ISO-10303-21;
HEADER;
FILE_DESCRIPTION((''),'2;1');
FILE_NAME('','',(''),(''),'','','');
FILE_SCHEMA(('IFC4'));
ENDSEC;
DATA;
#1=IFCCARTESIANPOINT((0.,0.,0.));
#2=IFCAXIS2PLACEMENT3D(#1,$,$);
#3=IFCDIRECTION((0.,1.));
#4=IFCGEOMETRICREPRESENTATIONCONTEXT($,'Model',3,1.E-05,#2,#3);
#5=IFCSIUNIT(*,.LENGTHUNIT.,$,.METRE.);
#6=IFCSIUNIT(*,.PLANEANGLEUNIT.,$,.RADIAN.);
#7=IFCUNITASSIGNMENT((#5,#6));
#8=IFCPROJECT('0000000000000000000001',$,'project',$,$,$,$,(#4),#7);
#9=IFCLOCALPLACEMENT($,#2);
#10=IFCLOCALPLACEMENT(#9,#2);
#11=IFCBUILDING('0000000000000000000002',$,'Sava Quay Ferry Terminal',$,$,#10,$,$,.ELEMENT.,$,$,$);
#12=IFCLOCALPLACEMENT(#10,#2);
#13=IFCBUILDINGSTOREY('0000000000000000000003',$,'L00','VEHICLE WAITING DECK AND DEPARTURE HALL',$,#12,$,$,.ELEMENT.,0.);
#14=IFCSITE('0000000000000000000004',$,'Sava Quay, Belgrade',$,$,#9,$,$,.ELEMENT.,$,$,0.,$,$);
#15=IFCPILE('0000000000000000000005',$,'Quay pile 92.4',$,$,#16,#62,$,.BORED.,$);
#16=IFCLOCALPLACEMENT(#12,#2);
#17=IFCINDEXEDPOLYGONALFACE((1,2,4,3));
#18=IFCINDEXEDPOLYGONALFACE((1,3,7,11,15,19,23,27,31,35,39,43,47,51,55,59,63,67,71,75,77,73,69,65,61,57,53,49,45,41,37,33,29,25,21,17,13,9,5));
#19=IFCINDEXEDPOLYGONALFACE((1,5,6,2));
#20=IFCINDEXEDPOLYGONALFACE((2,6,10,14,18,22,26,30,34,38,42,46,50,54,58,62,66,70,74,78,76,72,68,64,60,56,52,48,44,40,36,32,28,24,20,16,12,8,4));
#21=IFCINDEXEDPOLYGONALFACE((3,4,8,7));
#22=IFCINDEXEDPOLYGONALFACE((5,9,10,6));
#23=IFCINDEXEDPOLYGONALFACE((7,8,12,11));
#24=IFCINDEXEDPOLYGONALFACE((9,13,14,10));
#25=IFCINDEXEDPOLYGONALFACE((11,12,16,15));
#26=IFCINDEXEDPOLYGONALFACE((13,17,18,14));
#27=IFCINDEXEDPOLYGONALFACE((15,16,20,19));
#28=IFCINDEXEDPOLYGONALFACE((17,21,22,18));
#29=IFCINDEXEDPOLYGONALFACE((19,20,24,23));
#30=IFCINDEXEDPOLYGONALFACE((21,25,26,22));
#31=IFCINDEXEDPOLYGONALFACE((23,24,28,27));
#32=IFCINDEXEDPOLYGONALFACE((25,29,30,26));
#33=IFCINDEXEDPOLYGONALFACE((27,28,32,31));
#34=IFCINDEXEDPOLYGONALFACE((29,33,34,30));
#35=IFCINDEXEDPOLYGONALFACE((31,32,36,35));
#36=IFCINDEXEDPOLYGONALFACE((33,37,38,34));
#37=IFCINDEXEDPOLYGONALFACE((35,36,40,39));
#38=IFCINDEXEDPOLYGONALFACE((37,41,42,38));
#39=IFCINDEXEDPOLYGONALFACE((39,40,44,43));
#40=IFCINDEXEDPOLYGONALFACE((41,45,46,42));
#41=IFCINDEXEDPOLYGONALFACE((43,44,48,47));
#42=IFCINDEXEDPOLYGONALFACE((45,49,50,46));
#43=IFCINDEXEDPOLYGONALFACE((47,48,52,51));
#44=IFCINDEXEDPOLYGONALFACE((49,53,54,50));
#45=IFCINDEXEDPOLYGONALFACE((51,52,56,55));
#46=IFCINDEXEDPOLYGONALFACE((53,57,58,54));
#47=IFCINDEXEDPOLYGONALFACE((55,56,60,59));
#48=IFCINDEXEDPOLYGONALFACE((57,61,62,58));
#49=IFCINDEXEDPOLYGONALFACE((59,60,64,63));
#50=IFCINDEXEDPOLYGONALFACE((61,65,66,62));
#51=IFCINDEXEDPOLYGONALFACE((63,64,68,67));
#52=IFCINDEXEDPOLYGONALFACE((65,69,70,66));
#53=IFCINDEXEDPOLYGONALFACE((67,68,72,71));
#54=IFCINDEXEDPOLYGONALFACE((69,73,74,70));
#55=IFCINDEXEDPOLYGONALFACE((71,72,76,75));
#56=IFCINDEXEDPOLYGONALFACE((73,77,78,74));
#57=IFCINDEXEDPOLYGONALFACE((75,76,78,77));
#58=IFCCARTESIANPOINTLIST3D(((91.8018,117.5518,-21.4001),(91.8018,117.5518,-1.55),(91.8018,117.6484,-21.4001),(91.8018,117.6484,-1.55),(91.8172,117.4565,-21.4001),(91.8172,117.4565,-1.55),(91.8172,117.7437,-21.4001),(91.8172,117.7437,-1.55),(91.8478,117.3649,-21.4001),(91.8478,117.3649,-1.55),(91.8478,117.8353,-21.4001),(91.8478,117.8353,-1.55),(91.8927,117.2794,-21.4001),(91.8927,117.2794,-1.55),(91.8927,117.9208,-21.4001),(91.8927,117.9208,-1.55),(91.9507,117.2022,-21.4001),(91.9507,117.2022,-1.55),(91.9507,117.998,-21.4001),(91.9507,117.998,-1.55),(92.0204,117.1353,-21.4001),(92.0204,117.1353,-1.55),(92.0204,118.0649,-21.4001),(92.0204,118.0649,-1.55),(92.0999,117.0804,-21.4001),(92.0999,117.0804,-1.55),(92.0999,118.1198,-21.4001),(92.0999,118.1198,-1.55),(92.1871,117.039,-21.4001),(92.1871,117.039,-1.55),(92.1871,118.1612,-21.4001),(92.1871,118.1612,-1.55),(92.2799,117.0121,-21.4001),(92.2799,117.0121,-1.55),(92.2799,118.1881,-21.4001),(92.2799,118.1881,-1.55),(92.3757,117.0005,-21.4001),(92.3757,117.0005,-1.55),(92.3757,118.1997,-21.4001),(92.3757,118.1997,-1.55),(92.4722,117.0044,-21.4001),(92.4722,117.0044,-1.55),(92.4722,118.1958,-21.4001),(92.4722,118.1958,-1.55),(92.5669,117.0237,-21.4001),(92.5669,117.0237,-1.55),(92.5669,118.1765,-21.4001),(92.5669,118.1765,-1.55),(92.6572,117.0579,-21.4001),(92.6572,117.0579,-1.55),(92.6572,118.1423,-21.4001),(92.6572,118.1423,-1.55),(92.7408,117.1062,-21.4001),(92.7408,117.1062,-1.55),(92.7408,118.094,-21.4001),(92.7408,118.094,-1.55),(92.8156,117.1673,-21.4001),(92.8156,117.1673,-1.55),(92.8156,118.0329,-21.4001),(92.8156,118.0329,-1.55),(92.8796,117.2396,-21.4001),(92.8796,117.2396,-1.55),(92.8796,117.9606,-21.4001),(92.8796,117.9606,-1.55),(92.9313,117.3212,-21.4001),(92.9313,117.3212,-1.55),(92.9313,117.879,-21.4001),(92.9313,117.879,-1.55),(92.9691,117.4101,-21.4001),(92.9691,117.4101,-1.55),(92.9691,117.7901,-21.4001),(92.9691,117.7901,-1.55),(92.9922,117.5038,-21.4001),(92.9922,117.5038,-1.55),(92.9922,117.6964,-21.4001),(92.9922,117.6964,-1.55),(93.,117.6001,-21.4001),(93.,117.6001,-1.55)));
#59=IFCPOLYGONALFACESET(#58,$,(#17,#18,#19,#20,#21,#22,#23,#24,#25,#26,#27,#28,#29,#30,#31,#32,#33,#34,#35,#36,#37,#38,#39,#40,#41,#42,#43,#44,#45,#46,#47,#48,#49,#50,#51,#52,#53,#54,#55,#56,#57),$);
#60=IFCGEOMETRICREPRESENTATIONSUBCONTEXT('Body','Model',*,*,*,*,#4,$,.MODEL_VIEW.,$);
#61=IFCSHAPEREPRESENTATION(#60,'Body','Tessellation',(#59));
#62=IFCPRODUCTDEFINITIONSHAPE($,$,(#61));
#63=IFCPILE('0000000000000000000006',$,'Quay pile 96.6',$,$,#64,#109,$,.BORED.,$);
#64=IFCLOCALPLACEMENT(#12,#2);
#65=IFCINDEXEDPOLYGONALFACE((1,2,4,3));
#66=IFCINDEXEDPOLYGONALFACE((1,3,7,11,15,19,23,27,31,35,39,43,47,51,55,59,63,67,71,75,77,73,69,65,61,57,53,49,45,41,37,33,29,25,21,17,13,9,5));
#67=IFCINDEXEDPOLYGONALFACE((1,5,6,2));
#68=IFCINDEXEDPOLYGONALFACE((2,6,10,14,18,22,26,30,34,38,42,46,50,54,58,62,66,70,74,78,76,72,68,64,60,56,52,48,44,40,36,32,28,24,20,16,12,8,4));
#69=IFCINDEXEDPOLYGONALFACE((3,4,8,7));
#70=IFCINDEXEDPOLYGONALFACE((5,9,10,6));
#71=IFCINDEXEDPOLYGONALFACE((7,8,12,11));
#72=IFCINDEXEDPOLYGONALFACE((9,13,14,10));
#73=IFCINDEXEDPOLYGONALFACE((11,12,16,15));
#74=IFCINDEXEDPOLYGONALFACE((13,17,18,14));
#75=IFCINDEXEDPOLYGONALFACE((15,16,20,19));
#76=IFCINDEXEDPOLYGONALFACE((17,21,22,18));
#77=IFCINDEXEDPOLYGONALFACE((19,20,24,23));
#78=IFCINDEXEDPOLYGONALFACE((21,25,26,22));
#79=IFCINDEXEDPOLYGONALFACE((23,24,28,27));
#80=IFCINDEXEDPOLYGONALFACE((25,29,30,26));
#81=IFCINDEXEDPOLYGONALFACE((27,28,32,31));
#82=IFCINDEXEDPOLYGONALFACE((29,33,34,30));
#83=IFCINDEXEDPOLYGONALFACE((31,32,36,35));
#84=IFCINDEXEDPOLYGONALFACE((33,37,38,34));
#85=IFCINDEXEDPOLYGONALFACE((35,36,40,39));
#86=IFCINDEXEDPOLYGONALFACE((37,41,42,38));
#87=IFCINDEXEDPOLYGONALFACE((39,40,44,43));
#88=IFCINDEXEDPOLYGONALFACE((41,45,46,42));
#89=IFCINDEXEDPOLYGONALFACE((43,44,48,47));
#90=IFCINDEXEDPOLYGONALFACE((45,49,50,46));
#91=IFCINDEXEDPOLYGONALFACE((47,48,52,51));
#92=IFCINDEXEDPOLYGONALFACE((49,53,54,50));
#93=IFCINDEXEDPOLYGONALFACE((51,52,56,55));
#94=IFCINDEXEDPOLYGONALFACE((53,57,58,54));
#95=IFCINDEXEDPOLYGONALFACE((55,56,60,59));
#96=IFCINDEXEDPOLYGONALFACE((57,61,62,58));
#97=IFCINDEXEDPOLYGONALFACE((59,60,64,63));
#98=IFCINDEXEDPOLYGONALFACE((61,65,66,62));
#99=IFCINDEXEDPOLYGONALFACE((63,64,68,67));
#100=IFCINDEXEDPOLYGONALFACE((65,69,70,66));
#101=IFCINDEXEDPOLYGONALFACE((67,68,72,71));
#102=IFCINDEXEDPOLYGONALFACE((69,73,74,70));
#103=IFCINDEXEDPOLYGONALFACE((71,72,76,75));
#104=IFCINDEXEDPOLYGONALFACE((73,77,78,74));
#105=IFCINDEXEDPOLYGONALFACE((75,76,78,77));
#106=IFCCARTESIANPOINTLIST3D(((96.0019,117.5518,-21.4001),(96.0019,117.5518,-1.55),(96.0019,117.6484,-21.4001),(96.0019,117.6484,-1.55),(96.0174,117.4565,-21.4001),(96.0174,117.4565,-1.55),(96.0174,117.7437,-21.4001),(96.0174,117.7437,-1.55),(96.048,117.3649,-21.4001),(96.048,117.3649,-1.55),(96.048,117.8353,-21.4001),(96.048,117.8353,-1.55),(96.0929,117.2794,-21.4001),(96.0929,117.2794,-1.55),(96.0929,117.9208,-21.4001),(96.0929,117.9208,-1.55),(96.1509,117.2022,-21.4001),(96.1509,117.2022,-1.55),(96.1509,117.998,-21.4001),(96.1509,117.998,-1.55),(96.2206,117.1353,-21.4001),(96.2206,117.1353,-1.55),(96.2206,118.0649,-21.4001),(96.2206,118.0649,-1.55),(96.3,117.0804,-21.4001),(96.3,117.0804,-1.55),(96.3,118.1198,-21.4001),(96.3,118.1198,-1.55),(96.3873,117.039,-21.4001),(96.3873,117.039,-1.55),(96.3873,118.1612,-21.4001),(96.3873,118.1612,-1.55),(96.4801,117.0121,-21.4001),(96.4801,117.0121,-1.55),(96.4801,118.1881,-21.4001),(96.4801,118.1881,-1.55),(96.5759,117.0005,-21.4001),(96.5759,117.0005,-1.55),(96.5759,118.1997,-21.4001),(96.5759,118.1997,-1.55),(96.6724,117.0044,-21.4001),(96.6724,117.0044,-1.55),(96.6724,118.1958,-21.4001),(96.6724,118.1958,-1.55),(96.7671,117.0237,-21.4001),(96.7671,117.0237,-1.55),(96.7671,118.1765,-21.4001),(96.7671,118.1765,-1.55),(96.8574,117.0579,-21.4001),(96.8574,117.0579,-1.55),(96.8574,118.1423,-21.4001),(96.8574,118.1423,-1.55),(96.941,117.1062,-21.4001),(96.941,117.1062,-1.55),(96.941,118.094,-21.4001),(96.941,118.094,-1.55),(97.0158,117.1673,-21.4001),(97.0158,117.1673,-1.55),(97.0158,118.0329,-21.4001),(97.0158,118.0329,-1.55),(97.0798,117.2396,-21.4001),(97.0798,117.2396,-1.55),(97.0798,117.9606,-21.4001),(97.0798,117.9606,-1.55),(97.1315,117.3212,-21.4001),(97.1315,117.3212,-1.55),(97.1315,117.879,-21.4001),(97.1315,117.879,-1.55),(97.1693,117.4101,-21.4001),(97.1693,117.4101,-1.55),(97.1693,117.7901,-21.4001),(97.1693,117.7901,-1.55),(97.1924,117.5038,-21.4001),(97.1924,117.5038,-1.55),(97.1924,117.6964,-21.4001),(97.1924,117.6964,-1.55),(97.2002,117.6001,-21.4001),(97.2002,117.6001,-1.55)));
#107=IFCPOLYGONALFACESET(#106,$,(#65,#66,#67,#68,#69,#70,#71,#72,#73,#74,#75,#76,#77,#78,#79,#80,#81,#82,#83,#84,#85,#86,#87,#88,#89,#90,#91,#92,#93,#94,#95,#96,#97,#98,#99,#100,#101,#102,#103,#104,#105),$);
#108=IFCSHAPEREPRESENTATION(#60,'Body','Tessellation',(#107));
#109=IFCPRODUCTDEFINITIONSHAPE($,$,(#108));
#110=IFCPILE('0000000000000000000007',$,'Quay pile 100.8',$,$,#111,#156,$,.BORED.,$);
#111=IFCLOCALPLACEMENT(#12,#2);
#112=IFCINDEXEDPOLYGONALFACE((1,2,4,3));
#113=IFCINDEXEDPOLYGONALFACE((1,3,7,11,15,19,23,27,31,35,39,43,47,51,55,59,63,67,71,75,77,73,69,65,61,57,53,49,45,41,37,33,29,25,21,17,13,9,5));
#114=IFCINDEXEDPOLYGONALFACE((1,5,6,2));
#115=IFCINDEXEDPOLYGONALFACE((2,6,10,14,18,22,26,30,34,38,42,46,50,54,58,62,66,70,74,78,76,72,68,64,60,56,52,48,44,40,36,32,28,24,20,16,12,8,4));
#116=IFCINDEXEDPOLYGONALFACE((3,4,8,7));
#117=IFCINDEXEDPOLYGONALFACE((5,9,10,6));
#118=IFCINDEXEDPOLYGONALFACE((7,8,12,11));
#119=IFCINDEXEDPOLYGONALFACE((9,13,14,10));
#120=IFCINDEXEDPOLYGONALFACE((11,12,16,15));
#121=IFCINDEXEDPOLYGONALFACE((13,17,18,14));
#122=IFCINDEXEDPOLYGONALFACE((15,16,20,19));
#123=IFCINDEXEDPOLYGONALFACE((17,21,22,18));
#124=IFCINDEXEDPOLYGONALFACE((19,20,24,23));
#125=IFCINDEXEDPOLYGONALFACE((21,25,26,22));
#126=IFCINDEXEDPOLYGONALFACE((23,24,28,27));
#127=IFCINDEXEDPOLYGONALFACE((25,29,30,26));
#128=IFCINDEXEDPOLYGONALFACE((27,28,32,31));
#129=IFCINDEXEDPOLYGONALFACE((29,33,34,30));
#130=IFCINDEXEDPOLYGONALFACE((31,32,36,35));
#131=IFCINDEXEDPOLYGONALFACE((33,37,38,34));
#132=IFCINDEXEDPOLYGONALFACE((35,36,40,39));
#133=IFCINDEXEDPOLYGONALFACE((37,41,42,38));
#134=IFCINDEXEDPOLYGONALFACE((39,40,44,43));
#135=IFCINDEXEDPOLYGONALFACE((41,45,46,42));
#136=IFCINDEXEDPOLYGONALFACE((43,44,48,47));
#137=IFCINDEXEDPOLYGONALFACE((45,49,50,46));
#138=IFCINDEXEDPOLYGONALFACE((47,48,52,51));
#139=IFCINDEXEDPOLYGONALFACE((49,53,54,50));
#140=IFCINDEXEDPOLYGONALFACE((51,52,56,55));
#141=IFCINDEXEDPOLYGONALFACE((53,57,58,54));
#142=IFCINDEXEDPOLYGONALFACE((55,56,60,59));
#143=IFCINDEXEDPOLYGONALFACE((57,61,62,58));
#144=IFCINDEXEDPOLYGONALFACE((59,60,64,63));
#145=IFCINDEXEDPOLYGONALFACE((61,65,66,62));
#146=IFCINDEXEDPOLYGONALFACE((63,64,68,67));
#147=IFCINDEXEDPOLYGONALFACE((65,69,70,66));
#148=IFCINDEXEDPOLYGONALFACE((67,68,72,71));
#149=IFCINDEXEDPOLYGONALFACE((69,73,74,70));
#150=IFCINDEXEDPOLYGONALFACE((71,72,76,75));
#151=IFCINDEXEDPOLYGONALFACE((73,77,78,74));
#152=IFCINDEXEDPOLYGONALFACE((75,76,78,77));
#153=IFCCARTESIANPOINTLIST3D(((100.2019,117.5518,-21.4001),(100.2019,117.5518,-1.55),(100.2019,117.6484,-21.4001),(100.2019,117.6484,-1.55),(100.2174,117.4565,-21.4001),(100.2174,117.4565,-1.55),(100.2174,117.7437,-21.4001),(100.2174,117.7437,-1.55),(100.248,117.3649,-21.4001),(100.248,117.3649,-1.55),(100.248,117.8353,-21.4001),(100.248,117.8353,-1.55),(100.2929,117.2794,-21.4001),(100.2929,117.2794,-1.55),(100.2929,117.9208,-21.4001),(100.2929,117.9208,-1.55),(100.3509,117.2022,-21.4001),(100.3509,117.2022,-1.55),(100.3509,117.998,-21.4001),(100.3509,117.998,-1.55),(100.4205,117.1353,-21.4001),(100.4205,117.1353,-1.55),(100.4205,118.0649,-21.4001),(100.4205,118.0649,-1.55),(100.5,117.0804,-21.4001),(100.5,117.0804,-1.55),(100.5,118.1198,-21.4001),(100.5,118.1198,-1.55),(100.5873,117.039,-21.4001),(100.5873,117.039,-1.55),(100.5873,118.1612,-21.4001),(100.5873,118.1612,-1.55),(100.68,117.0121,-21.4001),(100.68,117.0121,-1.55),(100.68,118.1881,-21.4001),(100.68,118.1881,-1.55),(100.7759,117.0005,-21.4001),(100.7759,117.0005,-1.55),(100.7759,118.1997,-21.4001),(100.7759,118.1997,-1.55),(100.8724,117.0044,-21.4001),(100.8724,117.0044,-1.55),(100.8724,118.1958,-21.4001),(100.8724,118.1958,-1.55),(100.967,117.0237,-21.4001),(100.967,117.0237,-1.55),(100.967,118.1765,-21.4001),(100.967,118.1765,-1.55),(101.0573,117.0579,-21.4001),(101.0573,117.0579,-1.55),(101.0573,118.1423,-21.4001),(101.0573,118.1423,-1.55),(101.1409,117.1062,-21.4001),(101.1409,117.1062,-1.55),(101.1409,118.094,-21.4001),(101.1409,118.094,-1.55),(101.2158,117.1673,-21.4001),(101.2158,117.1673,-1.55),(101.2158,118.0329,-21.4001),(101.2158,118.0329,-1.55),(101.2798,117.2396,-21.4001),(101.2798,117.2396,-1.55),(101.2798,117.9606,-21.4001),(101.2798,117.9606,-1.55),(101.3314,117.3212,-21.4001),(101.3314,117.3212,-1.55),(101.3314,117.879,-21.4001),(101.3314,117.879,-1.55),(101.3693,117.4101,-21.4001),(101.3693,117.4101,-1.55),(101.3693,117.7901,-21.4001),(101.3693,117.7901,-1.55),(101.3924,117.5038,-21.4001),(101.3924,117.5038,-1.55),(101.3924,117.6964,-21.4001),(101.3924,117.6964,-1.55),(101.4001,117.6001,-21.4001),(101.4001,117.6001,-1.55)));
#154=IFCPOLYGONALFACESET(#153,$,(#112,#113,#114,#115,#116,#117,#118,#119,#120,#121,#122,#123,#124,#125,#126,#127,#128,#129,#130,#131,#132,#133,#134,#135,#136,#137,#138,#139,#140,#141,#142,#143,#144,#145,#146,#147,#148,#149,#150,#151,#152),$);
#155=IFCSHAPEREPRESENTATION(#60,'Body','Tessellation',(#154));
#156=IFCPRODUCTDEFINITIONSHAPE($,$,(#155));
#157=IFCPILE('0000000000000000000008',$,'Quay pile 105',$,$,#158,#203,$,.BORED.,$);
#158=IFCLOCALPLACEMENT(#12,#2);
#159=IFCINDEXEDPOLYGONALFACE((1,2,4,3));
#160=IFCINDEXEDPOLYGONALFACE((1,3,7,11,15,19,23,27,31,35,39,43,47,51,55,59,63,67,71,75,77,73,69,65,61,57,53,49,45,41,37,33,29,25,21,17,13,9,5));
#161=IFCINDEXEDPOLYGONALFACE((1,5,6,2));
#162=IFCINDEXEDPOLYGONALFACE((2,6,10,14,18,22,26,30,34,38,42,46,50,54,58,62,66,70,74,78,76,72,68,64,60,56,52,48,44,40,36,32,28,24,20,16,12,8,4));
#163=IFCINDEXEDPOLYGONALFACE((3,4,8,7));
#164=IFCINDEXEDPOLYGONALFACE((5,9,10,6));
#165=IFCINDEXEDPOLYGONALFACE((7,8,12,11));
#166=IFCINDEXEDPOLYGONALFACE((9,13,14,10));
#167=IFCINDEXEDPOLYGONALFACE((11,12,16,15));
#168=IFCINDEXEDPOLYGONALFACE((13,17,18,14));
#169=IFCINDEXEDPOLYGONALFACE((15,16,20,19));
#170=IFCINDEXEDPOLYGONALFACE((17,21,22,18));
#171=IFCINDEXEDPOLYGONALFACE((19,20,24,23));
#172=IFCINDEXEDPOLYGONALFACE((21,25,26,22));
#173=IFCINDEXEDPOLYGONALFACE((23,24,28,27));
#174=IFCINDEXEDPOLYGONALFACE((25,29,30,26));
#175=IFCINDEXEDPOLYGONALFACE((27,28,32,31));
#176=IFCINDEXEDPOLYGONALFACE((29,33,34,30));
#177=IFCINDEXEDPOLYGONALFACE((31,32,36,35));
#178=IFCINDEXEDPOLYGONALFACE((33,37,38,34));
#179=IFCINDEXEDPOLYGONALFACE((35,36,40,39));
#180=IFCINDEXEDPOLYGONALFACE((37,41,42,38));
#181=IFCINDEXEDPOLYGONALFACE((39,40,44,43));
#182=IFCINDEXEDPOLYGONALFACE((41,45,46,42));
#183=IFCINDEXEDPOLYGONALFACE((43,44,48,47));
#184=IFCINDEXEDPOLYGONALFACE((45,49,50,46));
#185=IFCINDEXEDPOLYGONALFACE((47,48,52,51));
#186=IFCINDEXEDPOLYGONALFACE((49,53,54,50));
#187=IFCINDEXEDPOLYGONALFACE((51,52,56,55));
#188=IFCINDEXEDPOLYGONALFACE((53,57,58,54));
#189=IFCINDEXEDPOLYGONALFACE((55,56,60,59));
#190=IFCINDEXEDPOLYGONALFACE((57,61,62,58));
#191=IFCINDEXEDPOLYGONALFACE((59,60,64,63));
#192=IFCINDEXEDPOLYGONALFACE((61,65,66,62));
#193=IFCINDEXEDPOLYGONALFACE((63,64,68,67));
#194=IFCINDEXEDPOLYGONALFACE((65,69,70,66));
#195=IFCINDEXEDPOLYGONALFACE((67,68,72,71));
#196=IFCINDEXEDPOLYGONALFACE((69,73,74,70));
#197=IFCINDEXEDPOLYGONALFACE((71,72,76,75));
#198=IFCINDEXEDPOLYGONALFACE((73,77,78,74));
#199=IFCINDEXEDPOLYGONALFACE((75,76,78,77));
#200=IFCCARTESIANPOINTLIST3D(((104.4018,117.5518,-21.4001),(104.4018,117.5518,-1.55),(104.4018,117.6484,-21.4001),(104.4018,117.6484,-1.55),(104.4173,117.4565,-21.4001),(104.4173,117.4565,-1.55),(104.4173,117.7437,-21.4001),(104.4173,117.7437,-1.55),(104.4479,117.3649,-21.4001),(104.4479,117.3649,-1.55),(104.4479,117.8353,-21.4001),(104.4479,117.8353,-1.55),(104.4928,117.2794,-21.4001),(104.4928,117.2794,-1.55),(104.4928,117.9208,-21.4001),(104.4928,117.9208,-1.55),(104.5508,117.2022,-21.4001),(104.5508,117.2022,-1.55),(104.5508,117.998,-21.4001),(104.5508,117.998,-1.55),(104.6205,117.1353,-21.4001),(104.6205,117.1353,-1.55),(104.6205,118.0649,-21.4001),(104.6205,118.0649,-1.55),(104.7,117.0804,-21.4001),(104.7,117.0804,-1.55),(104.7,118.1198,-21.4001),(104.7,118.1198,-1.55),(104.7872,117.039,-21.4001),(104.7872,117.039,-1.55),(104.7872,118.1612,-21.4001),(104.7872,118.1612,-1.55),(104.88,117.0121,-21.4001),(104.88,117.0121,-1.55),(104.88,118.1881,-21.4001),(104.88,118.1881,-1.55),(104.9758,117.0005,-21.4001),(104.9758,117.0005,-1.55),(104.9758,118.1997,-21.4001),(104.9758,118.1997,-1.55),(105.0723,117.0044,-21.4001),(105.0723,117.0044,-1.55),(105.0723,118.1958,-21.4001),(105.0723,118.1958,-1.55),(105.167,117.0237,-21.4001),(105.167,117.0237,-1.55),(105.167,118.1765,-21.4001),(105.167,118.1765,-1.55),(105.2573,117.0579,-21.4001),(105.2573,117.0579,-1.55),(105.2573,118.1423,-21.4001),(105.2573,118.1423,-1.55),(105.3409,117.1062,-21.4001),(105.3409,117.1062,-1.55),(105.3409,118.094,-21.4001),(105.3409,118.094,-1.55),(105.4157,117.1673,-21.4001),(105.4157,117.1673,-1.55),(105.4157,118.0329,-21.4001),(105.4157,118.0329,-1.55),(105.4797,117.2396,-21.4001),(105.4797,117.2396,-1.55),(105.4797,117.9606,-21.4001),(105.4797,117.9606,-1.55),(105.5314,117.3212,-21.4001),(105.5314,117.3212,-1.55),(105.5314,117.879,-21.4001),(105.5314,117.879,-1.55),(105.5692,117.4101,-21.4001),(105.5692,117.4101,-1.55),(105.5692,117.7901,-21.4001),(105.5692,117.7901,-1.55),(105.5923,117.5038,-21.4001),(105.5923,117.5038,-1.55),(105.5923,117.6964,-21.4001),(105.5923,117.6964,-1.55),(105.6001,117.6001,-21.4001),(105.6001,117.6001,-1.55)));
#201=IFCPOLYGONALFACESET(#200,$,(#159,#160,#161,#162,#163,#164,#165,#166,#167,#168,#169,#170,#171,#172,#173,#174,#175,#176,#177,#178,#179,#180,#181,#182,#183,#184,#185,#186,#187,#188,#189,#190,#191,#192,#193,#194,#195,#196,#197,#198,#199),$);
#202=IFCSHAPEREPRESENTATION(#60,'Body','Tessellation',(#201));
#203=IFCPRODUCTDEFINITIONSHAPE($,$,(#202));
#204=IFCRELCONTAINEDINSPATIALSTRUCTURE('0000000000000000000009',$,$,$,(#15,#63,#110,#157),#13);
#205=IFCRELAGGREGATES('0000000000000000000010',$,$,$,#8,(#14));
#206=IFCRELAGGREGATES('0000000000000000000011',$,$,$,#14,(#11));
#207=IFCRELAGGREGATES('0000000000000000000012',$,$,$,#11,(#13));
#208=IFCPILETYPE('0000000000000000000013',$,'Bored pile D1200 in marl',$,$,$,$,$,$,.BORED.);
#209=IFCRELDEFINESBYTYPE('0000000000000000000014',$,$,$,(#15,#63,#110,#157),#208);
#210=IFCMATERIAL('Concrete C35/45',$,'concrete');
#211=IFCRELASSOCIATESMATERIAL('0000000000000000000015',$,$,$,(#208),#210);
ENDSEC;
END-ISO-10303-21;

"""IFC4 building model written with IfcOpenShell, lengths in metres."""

from ifc_helpers import new_model, si_unit, direction, frame, origin, origin_2d, place, context, subcontext, project, spatial, circle, extrude, material, material_profile, profile_set, type_object, element, save


model = new_model("IFC4")

# Units and contexts
model_context = context("Model", 3, precision=1e-05, world=origin(), true_north=direction((0.0, 1.0)))
body_context = subcontext(model_context, "Body", "Model", "MODEL_VIEW")
ifc_project = project(units=[si_unit("LENGTHUNIT", "METRE"), si_unit("PLANEANGLEUNIT", "RADIAN")], contexts=[model_context])

# Site, building, storey
site_placement = place(None, origin())
site = spatial("IfcSite", under=ifc_project, at=site_placement, Name="Sava Quay, Belgrade", CompositionType="ELEMENT", RefElevation=0.0)
building_placement = place(site_placement, origin())
building = spatial("IfcBuilding", under=site, at=building_placement, Name="Sava Quay Ferry Terminal", CompositionType="ELEMENT")
storey_placement = place(building_placement, origin())
storey = spatial("IfcBuildingStorey", under=building, at=storey_placement, Name="L00", Description="VEHICLE WAITING DECK AND DEPARTURE HALL", CompositionType="ELEMENT", Elevation=0.0)

# Piles
ifc_material_1 = material(Name="Concrete C35/45", Category="concrete")
ifc_material_profile = material_profile(ifc_material_1, circle(Radius=0.6001, at=origin_2d()), Name="Bored pile D1200 in marl")
ifc_profile_set = profile_set([ifc_material_profile], Name="Concrete C35/45")
pile_type = type_object("IfcPileType", Name="Bored pile D1200 in marl", PredefinedType="BORED", material=ifc_profile_set)
for number, where, z_axis, x_axis, name in (
    (1, (92.3999, 117.6001, -1.55), (0.0, 0.0, -1.0), (1.0, 0.0, 0.0), "Quay pile 92.4"),
    (2, (96.6001, 117.6001, -1.55), (0.0, 0.0, -1.0), (1.0, 0.0, 0.0), "Quay pile 96.6"),
    (3, (100.8, 117.6001, -1.55), (0.0, 0.0, -1.0), (1.0, 0.0, 0.0), "Quay pile 100.8"),
    (4, (105.0, 117.6001, -1.55), (0.0, 0.0, -1.0), (1.0, 0.0, 0.0), "Quay pile 105"),
):
    element("IfcPile", number, at=place(storey_placement, frame(where, z_axis=z_axis, x_axis=x_axis)), inside=storey, type_object=pile_type, Name=name, PredefinedType="BORED", context=body_context, shape_type="SweptSolid", body=[
        extrude(circle(Radius=0.6001, at=origin_2d()), origin(), (0.0, 0.0, 1.0), 19.8501),
    ])

save(model, "model.ifc")
